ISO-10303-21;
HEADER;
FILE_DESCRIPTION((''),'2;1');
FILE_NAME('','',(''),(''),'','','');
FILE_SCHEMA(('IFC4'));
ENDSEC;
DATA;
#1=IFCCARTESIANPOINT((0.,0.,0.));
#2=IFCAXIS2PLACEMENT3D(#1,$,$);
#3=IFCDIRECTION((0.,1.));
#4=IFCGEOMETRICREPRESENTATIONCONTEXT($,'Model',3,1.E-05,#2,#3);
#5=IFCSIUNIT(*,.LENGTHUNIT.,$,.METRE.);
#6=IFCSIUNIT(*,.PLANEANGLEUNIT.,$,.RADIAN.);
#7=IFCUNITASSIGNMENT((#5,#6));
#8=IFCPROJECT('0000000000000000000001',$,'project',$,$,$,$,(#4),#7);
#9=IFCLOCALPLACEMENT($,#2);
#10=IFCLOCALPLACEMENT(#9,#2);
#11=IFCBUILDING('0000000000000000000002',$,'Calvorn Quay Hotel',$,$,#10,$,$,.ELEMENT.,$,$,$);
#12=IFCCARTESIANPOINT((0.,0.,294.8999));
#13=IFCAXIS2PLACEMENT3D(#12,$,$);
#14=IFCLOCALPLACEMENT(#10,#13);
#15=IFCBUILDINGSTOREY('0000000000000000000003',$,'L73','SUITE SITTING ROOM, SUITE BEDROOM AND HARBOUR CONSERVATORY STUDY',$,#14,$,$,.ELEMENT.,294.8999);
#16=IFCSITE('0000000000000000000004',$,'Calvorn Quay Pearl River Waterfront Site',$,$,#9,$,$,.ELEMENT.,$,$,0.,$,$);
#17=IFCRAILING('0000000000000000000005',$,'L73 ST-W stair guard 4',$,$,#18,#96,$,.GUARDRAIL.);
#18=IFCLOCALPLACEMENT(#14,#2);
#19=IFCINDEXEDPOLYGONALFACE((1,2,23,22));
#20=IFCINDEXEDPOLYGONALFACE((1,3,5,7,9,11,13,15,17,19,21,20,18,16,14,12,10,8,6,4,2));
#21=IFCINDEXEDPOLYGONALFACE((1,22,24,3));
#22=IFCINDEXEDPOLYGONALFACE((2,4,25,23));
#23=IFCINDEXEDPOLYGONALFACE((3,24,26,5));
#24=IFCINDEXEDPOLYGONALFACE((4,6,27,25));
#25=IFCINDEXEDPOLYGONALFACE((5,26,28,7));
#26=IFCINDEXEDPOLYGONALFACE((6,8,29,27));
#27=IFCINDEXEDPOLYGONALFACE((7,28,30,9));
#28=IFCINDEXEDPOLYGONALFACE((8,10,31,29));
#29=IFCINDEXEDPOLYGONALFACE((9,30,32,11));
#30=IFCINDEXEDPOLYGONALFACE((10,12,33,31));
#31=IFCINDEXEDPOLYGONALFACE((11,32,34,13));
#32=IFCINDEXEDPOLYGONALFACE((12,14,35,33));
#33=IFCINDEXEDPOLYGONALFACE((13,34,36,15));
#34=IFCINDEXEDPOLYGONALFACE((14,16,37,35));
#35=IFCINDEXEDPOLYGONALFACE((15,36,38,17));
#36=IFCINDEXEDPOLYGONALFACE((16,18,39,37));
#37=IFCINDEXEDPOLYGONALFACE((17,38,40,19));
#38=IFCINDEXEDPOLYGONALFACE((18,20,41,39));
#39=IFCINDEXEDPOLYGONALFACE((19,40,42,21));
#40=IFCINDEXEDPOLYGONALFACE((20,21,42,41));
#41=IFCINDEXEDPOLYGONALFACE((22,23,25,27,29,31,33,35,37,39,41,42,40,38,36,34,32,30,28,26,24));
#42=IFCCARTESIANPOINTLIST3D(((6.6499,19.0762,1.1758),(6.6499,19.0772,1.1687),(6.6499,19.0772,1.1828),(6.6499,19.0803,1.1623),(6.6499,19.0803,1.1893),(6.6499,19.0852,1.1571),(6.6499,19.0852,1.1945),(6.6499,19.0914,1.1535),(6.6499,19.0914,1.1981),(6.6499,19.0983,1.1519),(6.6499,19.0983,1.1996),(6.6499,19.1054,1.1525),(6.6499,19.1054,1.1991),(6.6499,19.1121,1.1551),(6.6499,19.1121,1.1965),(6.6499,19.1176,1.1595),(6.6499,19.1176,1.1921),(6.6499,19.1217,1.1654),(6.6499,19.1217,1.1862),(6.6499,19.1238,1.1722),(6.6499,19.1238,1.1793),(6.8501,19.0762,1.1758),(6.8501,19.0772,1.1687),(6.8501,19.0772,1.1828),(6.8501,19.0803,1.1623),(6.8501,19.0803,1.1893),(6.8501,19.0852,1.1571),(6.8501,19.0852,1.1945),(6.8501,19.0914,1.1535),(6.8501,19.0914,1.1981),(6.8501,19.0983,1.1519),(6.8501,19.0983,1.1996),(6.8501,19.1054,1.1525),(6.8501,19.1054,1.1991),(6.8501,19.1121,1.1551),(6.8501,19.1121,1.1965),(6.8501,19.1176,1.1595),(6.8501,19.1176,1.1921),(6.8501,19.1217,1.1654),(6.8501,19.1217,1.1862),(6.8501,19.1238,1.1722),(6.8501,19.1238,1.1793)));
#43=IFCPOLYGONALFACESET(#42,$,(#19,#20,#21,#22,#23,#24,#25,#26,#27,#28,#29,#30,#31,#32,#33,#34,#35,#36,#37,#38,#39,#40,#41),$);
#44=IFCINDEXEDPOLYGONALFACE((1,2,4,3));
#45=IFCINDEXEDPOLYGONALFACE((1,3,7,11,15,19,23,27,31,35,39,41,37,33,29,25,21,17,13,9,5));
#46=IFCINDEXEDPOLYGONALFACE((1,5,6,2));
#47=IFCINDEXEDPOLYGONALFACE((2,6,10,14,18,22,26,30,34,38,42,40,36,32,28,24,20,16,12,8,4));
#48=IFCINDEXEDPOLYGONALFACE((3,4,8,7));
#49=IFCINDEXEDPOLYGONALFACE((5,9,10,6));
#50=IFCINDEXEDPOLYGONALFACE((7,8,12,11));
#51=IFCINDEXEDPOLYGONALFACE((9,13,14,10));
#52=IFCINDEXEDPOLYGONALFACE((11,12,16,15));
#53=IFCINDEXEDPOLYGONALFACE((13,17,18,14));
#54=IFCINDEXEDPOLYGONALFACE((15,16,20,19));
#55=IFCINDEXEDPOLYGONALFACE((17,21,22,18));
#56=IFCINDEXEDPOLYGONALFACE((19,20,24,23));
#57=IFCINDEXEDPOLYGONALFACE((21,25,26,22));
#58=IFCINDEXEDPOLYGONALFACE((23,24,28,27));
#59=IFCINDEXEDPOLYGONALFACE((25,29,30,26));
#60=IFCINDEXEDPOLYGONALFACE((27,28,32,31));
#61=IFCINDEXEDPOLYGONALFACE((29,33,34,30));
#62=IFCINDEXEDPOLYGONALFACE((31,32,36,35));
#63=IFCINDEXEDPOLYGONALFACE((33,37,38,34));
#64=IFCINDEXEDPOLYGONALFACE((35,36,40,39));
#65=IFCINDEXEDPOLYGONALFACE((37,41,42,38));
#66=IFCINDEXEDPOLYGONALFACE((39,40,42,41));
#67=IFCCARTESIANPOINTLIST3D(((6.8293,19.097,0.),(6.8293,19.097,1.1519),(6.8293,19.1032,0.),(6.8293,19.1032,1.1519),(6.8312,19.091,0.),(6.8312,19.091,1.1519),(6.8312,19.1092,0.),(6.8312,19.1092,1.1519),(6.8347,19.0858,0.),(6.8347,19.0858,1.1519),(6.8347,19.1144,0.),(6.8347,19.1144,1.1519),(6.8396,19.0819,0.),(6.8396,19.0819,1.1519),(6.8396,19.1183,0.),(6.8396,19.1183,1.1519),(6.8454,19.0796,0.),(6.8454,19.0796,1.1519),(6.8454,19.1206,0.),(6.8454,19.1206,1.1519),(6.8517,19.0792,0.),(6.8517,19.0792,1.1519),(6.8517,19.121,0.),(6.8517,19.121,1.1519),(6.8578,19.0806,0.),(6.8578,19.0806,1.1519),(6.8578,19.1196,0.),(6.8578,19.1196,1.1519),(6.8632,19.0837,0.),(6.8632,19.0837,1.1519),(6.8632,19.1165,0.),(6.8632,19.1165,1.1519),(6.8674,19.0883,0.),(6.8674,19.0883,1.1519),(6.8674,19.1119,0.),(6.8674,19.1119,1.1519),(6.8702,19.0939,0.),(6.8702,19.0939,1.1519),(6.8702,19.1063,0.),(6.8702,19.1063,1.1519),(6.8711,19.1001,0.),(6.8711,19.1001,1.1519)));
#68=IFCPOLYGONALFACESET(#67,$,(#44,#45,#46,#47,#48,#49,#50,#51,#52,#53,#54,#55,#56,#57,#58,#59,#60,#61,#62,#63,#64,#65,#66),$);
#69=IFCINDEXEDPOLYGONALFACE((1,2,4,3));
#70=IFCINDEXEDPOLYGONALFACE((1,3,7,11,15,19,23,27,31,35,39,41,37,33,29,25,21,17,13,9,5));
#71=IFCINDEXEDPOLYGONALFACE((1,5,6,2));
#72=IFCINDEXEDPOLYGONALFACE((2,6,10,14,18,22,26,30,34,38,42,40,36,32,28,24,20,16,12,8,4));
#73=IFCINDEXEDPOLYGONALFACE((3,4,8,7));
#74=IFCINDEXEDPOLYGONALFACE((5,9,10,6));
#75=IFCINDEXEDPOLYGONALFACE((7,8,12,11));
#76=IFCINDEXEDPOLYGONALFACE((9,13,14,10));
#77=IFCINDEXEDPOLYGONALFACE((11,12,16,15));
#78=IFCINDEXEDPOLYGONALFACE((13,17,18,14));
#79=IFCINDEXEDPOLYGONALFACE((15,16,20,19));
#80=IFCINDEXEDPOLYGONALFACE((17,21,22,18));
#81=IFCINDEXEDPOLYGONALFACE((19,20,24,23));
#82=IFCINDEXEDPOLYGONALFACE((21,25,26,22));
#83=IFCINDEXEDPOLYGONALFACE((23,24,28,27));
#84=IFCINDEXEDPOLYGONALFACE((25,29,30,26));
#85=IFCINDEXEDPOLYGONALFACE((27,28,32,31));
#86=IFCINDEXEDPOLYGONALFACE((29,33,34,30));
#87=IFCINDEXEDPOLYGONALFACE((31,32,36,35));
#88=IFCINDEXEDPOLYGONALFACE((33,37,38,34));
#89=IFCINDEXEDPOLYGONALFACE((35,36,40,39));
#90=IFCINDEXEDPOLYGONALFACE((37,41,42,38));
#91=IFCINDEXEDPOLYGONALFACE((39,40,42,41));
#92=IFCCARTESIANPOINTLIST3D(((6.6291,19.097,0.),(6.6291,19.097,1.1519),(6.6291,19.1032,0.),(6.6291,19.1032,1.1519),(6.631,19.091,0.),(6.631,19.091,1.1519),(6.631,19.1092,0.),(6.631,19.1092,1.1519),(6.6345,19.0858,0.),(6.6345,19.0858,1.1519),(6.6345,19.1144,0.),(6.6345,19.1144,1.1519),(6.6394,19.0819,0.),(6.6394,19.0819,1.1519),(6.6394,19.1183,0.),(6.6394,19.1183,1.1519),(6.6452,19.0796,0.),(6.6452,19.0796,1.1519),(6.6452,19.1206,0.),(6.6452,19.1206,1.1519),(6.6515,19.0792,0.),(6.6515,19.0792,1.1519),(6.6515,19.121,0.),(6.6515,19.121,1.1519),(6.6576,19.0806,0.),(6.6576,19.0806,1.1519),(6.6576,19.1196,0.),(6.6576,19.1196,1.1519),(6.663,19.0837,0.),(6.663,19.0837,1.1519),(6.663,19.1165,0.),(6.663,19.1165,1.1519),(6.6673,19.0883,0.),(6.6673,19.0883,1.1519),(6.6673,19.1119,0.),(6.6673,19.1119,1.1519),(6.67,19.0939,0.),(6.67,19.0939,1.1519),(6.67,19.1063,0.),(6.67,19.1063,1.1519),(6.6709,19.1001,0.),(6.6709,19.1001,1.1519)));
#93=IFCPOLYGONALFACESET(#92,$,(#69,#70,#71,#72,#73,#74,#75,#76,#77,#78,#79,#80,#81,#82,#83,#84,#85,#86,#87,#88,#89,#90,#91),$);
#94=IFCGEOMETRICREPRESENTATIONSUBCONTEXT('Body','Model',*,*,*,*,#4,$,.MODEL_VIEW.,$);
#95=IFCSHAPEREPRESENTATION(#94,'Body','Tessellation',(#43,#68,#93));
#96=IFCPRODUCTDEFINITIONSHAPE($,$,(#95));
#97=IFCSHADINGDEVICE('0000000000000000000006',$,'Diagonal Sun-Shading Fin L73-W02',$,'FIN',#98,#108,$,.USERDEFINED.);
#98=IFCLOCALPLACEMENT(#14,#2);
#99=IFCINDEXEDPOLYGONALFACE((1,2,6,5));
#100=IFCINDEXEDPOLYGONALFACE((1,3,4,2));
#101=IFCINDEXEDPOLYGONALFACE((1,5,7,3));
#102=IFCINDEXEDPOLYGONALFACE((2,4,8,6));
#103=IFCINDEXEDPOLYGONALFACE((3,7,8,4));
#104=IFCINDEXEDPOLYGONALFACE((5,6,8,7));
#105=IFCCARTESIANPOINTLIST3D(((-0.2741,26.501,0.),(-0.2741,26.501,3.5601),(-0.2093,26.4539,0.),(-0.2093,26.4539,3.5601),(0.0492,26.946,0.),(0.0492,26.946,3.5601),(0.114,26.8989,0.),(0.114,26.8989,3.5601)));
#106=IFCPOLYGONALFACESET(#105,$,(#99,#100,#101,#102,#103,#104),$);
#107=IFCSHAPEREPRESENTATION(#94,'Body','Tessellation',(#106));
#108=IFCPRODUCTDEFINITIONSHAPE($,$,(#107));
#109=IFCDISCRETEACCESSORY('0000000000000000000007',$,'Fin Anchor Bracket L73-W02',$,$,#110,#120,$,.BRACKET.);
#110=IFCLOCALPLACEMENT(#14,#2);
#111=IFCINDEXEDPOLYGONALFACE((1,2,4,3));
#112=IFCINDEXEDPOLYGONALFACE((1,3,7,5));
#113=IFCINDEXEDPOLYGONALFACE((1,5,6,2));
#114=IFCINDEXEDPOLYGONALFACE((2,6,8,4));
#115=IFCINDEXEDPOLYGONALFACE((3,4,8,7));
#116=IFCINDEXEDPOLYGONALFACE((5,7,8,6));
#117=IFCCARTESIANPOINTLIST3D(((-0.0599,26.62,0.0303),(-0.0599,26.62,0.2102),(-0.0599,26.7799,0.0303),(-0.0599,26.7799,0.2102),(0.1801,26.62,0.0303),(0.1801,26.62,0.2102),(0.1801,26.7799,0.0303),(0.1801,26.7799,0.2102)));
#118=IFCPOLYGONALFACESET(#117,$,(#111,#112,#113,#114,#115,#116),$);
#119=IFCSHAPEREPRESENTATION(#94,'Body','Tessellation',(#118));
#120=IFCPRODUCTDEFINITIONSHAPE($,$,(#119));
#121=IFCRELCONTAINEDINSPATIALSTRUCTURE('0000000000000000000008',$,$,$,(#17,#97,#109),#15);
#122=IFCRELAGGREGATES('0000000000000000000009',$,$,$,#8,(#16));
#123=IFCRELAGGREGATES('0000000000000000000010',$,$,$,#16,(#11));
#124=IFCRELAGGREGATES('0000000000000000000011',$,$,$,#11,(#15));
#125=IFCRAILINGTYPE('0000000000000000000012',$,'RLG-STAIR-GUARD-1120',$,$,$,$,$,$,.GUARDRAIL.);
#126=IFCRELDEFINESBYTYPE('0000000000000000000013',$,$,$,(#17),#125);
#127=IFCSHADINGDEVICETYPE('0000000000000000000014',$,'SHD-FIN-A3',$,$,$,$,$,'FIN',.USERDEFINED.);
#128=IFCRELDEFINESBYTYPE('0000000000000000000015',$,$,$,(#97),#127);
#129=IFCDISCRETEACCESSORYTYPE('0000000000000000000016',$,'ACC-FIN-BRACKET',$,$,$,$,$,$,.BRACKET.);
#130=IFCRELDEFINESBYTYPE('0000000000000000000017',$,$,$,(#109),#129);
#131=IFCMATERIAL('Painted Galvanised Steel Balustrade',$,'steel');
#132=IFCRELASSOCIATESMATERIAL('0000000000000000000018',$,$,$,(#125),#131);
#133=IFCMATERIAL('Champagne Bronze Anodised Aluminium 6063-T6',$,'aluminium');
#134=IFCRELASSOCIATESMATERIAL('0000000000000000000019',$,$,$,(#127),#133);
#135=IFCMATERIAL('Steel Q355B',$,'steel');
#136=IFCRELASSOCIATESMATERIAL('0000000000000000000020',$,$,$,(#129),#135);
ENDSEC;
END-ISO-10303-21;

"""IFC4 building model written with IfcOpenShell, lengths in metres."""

from ifc_helpers import new_model, si_unit, direction, frame, origin, origin_2d, place, context, subcontext, project, spatial, rectangle, circle, extrude, material, type_object, element, save


model = new_model("IFC4")

# Units and contexts
model_context = context("Model", 3, precision=1e-05, world=origin(), true_north=direction((0.0, 1.0)))
body_context = subcontext(model_context, "Body", "Model", "MODEL_VIEW")
ifc_project = project(units=[si_unit("LENGTHUNIT", "METRE"), si_unit("PLANEANGLEUNIT", "RADIAN")], contexts=[model_context])

# Site, building, storey
site_placement = place(None, origin())
site = spatial("IfcSite", under=ifc_project, at=site_placement, Name="Calvorn Quay Pearl River Waterfront Site", CompositionType="ELEMENT", RefElevation=0.0)
building_placement = place(site_placement, origin())
building = spatial("IfcBuilding", under=site, at=building_placement, Name="Calvorn Quay Hotel", CompositionType="ELEMENT")
storey_placement = place(building_placement, frame((0.0, 0.0, 294.8999)))
storey = spatial("IfcBuildingStorey", under=building, at=storey_placement, Name="L73", Description="SUITE SITTING ROOM, SUITE BEDROOM AND HARBOUR CONSERVATORY STUDY", CompositionType="ELEMENT", Elevation=294.8999)

# Railing
ifc_material_1 = material(Name="Painted Galvanised Steel Balustrade", Category="steel")
railing_type_1 = type_object("IfcRailingType", Name="RLG-STAIR-GUARD-1120", PredefinedType="GUARDRAIL", material=ifc_material_1)
railing_1_placement = place(storey_placement, frame((6.8501, 19.1001, 0.0)))
element("IfcRailing", 1, at=railing_1_placement, inside=storey, type_object=railing_type_1, Name="L73 ST-W stair guard 4", PredefinedType="GUARDRAIL", context=body_context, shape_type="SweptSolid", body=[
    extrude(circle(Radius=0.0239, at=origin_2d()), frame((0.0, 0.0, 1.1758), z_axis=(-1.0, 0.0, 0.0), x_axis=(0.0, -1.0, 0.0)), (0.0, 0.0, 1.0), 0.2002),
    extrude(circle(Radius=0.021, at=origin_2d()), origin(), (0.0, 0.0, 1.0), 1.1519),
    extrude(circle(Radius=0.021, at=origin_2d()), frame((-0.2002, 0.0, 0.0)), (0.0, 0.0, 1.0), 1.1519),
])

# Shading device
ifc_material_2 = material(Name="Champagne Bronze Anodised Aluminium 6063-T6", Category="aluminium")
shading_device_type = type_object("IfcShadingDeviceType", Name="SHD-FIN-A3", ElementType="FIN", PredefinedType="USERDEFINED", material=ifc_material_2)
shading_device_placement = place(storey_placement, frame((-0.0801, 26.7, 0.0), z_axis=(0.0, 0.0, 1.0), x_axis=(0.587785, 0.809017, 0.0)))
element("IfcShadingDevice", 2, at=shading_device_placement, inside=storey, type_object=shading_device_type, Name="Diagonal Sun-Shading Fin L73-W02", ObjectType="FIN", PredefinedType="USERDEFINED", context=body_context, shape_type="SweptSolid", body=[
    extrude(rectangle(XDim=0.55, YDim=0.0801, at=origin_2d()), origin(), (0.0, 0.0, 1.0), 3.5601),
])

# Discrete accessory
ifc_material_3 = material(Name="Steel Q355B", Category="steel")
discrete_accessory_type = type_object("IfcDiscreteAccessoryType", Name="ACC-FIN-BRACKET", PredefinedType="BRACKET", material=ifc_material_3)
discrete_accessory_placement = place(storey_placement, frame((0.0601, 26.7, 0.0303), z_axis=(0.0, 0.0, 1.0), x_axis=(1.0, 0.0, 0.0)))
element("IfcDiscreteAccessory", 3, at=discrete_accessory_placement, inside=storey, type_object=discrete_accessory_type, Name="Fin Anchor Bracket L73-W02", PredefinedType="BRACKET", context=body_context, shape_type="SweptSolid", body=[
    extrude(rectangle(XDim=0.24, YDim=0.1599, at=origin_2d()), origin(), (0.0, 0.0, 1.0), 0.1799),
])

save(model, "model.ifc")
